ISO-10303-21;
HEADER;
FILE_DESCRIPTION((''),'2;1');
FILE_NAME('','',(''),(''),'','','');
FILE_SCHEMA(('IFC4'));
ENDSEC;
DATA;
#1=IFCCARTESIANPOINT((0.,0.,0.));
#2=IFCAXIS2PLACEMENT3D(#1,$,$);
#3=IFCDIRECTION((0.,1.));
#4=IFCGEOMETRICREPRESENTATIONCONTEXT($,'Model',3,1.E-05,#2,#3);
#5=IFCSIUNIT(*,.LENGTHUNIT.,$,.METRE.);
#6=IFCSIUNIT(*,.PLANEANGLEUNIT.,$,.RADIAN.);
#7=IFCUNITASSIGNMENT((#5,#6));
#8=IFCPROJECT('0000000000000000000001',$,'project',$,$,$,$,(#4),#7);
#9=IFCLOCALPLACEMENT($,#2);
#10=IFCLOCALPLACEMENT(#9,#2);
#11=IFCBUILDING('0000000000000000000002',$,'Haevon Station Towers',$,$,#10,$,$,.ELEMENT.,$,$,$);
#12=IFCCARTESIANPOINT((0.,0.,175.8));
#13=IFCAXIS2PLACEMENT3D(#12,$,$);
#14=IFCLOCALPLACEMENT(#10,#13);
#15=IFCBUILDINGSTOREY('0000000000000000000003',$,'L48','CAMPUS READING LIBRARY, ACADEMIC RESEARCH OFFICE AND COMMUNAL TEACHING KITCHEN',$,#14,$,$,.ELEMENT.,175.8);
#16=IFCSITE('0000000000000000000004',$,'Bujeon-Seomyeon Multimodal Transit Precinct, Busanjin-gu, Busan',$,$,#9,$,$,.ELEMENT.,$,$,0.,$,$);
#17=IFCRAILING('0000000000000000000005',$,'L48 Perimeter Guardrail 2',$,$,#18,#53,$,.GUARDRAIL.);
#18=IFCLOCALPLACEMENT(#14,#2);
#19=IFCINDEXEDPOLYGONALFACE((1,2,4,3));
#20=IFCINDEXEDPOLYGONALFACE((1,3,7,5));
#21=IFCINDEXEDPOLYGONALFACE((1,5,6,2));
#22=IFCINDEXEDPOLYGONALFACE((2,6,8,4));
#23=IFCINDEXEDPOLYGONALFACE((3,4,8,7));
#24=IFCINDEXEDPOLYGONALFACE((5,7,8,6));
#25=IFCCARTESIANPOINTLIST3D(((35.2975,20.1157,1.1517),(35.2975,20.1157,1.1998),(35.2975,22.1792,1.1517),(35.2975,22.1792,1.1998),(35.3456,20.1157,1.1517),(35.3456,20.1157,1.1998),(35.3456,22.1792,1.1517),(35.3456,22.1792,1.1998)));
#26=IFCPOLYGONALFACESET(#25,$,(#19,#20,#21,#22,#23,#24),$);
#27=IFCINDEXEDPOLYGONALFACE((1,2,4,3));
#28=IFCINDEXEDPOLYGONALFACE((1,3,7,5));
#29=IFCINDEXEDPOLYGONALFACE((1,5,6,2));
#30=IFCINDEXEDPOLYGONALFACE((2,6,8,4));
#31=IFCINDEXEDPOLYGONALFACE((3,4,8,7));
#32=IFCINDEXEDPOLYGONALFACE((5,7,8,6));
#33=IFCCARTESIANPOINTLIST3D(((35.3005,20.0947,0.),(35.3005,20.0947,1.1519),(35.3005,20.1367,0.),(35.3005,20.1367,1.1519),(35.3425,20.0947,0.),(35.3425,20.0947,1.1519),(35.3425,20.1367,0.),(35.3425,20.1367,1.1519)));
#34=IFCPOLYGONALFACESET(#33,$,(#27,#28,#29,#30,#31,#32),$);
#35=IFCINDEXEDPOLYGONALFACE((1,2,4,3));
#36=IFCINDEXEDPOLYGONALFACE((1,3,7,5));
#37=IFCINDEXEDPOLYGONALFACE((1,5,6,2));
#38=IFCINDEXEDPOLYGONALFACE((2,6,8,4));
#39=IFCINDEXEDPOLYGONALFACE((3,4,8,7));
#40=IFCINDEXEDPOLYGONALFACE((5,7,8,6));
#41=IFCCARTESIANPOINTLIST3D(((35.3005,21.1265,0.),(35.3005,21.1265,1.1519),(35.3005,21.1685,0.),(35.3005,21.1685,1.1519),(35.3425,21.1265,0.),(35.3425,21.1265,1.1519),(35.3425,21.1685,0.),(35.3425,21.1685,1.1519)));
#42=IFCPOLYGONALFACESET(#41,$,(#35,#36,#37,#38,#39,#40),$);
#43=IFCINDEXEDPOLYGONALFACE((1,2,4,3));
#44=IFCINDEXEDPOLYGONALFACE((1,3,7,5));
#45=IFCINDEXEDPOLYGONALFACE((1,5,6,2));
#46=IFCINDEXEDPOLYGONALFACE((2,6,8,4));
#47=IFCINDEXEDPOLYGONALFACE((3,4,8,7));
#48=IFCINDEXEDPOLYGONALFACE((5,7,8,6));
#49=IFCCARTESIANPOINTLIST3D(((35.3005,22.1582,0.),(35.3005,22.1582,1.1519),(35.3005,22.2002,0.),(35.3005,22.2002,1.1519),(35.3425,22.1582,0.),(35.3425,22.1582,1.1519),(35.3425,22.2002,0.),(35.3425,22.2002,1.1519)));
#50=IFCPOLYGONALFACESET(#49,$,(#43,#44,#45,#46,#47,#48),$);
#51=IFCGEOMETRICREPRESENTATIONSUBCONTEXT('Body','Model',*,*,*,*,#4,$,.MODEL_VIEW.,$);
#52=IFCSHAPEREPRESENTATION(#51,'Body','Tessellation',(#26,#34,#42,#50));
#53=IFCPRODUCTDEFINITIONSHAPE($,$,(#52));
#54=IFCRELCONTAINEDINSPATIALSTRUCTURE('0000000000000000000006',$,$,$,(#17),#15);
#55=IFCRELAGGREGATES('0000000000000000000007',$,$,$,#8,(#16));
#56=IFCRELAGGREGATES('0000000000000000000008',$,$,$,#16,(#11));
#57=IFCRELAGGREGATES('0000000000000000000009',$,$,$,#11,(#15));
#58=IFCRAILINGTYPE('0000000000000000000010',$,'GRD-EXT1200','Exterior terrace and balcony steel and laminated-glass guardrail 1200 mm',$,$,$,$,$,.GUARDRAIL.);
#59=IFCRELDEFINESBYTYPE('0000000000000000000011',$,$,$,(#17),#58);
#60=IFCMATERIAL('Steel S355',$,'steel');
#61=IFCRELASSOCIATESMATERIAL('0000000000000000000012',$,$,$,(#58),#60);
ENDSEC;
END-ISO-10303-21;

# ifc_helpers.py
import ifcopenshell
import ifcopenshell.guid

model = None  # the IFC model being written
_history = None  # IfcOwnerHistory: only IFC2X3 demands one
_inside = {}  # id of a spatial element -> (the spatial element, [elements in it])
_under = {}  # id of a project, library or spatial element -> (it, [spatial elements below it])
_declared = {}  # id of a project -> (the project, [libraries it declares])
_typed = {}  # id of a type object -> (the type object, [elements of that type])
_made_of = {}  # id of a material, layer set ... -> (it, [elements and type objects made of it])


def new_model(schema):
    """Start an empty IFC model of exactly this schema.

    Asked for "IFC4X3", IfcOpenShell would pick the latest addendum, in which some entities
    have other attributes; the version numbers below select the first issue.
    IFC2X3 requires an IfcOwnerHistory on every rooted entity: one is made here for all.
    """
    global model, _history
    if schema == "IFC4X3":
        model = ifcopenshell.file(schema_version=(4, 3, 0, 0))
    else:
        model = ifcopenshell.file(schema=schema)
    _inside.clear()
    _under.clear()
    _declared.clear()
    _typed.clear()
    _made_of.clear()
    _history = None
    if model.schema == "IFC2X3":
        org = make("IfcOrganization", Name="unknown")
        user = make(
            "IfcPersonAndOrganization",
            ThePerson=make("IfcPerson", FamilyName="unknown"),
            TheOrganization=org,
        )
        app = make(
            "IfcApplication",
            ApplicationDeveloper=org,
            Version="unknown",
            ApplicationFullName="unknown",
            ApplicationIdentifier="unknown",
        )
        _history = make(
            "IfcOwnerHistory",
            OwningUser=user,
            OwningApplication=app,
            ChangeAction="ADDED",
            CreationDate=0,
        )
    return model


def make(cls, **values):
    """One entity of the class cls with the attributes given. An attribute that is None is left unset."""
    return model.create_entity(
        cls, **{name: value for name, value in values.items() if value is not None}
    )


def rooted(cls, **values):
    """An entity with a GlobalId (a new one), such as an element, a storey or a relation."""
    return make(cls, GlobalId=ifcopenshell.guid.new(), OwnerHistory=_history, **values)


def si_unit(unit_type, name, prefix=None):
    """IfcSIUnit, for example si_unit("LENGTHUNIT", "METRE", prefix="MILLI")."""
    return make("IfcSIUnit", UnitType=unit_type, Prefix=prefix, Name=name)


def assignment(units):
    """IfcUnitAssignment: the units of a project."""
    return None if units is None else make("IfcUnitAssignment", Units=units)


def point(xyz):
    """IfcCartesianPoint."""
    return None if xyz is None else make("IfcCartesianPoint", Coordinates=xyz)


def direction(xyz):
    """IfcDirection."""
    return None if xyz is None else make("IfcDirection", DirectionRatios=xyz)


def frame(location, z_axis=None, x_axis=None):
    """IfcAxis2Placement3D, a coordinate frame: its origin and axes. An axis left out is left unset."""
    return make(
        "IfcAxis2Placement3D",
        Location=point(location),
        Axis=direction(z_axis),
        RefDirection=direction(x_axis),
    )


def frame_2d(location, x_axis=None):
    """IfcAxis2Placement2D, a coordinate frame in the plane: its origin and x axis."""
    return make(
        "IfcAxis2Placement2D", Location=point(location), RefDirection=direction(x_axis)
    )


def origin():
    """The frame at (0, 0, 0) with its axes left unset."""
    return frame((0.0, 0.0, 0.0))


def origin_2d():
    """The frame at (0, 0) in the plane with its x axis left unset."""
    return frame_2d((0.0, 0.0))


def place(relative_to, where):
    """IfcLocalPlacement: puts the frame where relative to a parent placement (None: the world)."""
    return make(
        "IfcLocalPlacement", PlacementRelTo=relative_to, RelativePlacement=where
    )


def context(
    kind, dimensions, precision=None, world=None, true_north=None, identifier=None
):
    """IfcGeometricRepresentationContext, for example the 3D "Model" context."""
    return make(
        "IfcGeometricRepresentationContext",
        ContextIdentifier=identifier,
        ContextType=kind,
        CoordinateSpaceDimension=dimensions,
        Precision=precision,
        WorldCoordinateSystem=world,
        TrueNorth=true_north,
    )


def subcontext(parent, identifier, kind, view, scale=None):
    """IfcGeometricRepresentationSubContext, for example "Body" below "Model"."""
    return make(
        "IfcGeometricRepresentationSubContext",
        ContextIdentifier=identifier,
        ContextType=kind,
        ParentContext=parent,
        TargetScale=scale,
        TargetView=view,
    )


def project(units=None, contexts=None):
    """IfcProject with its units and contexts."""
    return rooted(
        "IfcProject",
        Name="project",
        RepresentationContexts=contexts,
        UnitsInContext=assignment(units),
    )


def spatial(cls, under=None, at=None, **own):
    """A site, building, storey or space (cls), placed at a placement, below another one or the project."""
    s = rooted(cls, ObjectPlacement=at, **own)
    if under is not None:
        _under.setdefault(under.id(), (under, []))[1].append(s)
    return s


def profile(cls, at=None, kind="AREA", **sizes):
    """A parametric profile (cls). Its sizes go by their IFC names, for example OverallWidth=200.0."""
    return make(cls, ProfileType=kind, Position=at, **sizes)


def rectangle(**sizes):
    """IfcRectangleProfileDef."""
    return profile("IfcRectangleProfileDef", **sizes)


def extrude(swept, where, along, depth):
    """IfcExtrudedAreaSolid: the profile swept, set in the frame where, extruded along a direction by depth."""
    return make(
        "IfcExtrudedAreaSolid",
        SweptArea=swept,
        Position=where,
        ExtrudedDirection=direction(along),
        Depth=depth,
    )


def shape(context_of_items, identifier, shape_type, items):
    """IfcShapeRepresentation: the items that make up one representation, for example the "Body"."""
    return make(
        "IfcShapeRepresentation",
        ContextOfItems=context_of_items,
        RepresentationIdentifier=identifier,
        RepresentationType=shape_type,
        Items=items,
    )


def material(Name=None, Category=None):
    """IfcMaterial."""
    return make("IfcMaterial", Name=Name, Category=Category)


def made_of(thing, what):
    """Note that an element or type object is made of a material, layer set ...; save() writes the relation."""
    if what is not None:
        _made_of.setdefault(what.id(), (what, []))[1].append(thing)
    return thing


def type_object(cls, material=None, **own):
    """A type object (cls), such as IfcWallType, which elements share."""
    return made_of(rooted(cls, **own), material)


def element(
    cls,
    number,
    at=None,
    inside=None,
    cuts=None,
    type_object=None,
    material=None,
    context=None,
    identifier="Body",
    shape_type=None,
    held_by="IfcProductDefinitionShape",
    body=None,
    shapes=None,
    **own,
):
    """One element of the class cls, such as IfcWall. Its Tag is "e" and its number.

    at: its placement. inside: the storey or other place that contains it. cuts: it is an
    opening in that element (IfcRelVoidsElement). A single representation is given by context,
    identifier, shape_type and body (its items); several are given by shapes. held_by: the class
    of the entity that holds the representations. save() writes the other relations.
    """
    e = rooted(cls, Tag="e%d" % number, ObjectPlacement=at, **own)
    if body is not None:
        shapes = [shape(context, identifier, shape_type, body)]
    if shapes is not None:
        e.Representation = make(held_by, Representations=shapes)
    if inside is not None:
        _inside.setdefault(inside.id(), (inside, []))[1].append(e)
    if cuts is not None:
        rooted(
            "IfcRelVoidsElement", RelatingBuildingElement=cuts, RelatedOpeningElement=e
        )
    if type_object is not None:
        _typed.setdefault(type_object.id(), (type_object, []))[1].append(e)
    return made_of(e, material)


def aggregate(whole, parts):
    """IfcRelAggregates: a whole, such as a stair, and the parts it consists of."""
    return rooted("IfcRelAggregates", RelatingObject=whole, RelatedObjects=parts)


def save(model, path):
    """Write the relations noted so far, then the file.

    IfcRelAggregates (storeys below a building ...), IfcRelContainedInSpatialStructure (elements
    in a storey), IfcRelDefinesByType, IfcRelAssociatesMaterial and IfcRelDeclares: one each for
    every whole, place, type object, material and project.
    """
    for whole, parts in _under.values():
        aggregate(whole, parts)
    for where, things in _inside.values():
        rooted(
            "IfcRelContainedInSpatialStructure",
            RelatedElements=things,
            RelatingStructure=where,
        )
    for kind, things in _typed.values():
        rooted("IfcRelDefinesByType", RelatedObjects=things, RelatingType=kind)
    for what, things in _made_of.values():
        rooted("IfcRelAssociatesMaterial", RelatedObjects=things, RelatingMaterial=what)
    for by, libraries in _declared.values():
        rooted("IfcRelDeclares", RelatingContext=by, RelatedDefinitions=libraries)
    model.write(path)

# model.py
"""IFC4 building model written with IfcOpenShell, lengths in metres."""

from ifc_helpers import new_model, si_unit, direction, frame, origin, origin_2d, place, context, subcontext, project, spatial, rectangle, extrude, material, type_object, element, save


model = new_model("IFC4")

# Units and contexts
model_context = context("Model", 3, precision=1e-05, world=origin(), true_north=direction((0.0, 1.0)))
body_context = subcontext(model_context, "Body", "Model", "MODEL_VIEW")
ifc_project = project(units=[si_unit("LENGTHUNIT", "METRE"), si_unit("PLANEANGLEUNIT", "RADIAN")], contexts=[model_context])

# Site, building, storey
site_placement = place(None, origin())
site = spatial("IfcSite", under=ifc_project, at=site_placement, Name="Bujeon-Seomyeon Multimodal Transit Precinct, Busanjin-gu, Busan", CompositionType="ELEMENT", RefElevation=0.0)
building_placement = place(site_placement, origin())
building = spatial("IfcBuilding", under=site, at=building_placement, Name="Haevon Station Towers", CompositionType="ELEMENT")
storey_placement = place(building_placement, frame((0.0, 0.0, 175.8)))
storey = spatial("IfcBuildingStorey", under=building, at=storey_placement, Name="L48", Description="CAMPUS READING LIBRARY, ACADEMIC RESEARCH OFFICE AND COMMUNAL TEACHING KITCHEN", CompositionType="ELEMENT", Elevation=175.8)

# Shared definitions
ifc_material_1 = material(Name="Steel S355", Category="steel")

# Railing
railing_type = type_object("IfcRailingType", Name="GRD-EXT1200", Description="Exterior terrace and balcony steel and laminated-glass guardrail 1200 mm", PredefinedType="GUARDRAIL", material=ifc_material_1)
railing_placement = place(storey_placement, frame((35.3215, 20.1157, 0.0)))
element("IfcRailing", 1, at=railing_placement, inside=storey, type_object=railing_type, Name="L48 Perimeter Guardrail 2", PredefinedType="GUARDRAIL", context=body_context, shape_type="SweptSolid", body=[
    extrude(rectangle(XDim=0.0481, YDim=0.0481, at=origin_2d()), frame((0.0, 0.0, 1.1758), z_axis=(0.0, 1.0, 0.0), x_axis=(-1.0, 0.0, 0.0)), (0.0, 0.0, 1.0), 2.0635),
    extrude(rectangle(XDim=0.042, YDim=0.042, at=origin_2d()), origin(), (0.0, 0.0, 1.0), 1.1519),
    extrude(rectangle(XDim=0.042, YDim=0.042, at=origin_2d()), frame((0.0, 1.0317, 0.0)), (0.0, 0.0, 1.0), 1.1519),
    extrude(rectangle(XDim=0.042, YDim=0.042, at=origin_2d()), frame((0.0, 2.0635, 0.0)), (0.0, 0.0, 1.0), 1.1519),
])

save(model, "model.ifc")
